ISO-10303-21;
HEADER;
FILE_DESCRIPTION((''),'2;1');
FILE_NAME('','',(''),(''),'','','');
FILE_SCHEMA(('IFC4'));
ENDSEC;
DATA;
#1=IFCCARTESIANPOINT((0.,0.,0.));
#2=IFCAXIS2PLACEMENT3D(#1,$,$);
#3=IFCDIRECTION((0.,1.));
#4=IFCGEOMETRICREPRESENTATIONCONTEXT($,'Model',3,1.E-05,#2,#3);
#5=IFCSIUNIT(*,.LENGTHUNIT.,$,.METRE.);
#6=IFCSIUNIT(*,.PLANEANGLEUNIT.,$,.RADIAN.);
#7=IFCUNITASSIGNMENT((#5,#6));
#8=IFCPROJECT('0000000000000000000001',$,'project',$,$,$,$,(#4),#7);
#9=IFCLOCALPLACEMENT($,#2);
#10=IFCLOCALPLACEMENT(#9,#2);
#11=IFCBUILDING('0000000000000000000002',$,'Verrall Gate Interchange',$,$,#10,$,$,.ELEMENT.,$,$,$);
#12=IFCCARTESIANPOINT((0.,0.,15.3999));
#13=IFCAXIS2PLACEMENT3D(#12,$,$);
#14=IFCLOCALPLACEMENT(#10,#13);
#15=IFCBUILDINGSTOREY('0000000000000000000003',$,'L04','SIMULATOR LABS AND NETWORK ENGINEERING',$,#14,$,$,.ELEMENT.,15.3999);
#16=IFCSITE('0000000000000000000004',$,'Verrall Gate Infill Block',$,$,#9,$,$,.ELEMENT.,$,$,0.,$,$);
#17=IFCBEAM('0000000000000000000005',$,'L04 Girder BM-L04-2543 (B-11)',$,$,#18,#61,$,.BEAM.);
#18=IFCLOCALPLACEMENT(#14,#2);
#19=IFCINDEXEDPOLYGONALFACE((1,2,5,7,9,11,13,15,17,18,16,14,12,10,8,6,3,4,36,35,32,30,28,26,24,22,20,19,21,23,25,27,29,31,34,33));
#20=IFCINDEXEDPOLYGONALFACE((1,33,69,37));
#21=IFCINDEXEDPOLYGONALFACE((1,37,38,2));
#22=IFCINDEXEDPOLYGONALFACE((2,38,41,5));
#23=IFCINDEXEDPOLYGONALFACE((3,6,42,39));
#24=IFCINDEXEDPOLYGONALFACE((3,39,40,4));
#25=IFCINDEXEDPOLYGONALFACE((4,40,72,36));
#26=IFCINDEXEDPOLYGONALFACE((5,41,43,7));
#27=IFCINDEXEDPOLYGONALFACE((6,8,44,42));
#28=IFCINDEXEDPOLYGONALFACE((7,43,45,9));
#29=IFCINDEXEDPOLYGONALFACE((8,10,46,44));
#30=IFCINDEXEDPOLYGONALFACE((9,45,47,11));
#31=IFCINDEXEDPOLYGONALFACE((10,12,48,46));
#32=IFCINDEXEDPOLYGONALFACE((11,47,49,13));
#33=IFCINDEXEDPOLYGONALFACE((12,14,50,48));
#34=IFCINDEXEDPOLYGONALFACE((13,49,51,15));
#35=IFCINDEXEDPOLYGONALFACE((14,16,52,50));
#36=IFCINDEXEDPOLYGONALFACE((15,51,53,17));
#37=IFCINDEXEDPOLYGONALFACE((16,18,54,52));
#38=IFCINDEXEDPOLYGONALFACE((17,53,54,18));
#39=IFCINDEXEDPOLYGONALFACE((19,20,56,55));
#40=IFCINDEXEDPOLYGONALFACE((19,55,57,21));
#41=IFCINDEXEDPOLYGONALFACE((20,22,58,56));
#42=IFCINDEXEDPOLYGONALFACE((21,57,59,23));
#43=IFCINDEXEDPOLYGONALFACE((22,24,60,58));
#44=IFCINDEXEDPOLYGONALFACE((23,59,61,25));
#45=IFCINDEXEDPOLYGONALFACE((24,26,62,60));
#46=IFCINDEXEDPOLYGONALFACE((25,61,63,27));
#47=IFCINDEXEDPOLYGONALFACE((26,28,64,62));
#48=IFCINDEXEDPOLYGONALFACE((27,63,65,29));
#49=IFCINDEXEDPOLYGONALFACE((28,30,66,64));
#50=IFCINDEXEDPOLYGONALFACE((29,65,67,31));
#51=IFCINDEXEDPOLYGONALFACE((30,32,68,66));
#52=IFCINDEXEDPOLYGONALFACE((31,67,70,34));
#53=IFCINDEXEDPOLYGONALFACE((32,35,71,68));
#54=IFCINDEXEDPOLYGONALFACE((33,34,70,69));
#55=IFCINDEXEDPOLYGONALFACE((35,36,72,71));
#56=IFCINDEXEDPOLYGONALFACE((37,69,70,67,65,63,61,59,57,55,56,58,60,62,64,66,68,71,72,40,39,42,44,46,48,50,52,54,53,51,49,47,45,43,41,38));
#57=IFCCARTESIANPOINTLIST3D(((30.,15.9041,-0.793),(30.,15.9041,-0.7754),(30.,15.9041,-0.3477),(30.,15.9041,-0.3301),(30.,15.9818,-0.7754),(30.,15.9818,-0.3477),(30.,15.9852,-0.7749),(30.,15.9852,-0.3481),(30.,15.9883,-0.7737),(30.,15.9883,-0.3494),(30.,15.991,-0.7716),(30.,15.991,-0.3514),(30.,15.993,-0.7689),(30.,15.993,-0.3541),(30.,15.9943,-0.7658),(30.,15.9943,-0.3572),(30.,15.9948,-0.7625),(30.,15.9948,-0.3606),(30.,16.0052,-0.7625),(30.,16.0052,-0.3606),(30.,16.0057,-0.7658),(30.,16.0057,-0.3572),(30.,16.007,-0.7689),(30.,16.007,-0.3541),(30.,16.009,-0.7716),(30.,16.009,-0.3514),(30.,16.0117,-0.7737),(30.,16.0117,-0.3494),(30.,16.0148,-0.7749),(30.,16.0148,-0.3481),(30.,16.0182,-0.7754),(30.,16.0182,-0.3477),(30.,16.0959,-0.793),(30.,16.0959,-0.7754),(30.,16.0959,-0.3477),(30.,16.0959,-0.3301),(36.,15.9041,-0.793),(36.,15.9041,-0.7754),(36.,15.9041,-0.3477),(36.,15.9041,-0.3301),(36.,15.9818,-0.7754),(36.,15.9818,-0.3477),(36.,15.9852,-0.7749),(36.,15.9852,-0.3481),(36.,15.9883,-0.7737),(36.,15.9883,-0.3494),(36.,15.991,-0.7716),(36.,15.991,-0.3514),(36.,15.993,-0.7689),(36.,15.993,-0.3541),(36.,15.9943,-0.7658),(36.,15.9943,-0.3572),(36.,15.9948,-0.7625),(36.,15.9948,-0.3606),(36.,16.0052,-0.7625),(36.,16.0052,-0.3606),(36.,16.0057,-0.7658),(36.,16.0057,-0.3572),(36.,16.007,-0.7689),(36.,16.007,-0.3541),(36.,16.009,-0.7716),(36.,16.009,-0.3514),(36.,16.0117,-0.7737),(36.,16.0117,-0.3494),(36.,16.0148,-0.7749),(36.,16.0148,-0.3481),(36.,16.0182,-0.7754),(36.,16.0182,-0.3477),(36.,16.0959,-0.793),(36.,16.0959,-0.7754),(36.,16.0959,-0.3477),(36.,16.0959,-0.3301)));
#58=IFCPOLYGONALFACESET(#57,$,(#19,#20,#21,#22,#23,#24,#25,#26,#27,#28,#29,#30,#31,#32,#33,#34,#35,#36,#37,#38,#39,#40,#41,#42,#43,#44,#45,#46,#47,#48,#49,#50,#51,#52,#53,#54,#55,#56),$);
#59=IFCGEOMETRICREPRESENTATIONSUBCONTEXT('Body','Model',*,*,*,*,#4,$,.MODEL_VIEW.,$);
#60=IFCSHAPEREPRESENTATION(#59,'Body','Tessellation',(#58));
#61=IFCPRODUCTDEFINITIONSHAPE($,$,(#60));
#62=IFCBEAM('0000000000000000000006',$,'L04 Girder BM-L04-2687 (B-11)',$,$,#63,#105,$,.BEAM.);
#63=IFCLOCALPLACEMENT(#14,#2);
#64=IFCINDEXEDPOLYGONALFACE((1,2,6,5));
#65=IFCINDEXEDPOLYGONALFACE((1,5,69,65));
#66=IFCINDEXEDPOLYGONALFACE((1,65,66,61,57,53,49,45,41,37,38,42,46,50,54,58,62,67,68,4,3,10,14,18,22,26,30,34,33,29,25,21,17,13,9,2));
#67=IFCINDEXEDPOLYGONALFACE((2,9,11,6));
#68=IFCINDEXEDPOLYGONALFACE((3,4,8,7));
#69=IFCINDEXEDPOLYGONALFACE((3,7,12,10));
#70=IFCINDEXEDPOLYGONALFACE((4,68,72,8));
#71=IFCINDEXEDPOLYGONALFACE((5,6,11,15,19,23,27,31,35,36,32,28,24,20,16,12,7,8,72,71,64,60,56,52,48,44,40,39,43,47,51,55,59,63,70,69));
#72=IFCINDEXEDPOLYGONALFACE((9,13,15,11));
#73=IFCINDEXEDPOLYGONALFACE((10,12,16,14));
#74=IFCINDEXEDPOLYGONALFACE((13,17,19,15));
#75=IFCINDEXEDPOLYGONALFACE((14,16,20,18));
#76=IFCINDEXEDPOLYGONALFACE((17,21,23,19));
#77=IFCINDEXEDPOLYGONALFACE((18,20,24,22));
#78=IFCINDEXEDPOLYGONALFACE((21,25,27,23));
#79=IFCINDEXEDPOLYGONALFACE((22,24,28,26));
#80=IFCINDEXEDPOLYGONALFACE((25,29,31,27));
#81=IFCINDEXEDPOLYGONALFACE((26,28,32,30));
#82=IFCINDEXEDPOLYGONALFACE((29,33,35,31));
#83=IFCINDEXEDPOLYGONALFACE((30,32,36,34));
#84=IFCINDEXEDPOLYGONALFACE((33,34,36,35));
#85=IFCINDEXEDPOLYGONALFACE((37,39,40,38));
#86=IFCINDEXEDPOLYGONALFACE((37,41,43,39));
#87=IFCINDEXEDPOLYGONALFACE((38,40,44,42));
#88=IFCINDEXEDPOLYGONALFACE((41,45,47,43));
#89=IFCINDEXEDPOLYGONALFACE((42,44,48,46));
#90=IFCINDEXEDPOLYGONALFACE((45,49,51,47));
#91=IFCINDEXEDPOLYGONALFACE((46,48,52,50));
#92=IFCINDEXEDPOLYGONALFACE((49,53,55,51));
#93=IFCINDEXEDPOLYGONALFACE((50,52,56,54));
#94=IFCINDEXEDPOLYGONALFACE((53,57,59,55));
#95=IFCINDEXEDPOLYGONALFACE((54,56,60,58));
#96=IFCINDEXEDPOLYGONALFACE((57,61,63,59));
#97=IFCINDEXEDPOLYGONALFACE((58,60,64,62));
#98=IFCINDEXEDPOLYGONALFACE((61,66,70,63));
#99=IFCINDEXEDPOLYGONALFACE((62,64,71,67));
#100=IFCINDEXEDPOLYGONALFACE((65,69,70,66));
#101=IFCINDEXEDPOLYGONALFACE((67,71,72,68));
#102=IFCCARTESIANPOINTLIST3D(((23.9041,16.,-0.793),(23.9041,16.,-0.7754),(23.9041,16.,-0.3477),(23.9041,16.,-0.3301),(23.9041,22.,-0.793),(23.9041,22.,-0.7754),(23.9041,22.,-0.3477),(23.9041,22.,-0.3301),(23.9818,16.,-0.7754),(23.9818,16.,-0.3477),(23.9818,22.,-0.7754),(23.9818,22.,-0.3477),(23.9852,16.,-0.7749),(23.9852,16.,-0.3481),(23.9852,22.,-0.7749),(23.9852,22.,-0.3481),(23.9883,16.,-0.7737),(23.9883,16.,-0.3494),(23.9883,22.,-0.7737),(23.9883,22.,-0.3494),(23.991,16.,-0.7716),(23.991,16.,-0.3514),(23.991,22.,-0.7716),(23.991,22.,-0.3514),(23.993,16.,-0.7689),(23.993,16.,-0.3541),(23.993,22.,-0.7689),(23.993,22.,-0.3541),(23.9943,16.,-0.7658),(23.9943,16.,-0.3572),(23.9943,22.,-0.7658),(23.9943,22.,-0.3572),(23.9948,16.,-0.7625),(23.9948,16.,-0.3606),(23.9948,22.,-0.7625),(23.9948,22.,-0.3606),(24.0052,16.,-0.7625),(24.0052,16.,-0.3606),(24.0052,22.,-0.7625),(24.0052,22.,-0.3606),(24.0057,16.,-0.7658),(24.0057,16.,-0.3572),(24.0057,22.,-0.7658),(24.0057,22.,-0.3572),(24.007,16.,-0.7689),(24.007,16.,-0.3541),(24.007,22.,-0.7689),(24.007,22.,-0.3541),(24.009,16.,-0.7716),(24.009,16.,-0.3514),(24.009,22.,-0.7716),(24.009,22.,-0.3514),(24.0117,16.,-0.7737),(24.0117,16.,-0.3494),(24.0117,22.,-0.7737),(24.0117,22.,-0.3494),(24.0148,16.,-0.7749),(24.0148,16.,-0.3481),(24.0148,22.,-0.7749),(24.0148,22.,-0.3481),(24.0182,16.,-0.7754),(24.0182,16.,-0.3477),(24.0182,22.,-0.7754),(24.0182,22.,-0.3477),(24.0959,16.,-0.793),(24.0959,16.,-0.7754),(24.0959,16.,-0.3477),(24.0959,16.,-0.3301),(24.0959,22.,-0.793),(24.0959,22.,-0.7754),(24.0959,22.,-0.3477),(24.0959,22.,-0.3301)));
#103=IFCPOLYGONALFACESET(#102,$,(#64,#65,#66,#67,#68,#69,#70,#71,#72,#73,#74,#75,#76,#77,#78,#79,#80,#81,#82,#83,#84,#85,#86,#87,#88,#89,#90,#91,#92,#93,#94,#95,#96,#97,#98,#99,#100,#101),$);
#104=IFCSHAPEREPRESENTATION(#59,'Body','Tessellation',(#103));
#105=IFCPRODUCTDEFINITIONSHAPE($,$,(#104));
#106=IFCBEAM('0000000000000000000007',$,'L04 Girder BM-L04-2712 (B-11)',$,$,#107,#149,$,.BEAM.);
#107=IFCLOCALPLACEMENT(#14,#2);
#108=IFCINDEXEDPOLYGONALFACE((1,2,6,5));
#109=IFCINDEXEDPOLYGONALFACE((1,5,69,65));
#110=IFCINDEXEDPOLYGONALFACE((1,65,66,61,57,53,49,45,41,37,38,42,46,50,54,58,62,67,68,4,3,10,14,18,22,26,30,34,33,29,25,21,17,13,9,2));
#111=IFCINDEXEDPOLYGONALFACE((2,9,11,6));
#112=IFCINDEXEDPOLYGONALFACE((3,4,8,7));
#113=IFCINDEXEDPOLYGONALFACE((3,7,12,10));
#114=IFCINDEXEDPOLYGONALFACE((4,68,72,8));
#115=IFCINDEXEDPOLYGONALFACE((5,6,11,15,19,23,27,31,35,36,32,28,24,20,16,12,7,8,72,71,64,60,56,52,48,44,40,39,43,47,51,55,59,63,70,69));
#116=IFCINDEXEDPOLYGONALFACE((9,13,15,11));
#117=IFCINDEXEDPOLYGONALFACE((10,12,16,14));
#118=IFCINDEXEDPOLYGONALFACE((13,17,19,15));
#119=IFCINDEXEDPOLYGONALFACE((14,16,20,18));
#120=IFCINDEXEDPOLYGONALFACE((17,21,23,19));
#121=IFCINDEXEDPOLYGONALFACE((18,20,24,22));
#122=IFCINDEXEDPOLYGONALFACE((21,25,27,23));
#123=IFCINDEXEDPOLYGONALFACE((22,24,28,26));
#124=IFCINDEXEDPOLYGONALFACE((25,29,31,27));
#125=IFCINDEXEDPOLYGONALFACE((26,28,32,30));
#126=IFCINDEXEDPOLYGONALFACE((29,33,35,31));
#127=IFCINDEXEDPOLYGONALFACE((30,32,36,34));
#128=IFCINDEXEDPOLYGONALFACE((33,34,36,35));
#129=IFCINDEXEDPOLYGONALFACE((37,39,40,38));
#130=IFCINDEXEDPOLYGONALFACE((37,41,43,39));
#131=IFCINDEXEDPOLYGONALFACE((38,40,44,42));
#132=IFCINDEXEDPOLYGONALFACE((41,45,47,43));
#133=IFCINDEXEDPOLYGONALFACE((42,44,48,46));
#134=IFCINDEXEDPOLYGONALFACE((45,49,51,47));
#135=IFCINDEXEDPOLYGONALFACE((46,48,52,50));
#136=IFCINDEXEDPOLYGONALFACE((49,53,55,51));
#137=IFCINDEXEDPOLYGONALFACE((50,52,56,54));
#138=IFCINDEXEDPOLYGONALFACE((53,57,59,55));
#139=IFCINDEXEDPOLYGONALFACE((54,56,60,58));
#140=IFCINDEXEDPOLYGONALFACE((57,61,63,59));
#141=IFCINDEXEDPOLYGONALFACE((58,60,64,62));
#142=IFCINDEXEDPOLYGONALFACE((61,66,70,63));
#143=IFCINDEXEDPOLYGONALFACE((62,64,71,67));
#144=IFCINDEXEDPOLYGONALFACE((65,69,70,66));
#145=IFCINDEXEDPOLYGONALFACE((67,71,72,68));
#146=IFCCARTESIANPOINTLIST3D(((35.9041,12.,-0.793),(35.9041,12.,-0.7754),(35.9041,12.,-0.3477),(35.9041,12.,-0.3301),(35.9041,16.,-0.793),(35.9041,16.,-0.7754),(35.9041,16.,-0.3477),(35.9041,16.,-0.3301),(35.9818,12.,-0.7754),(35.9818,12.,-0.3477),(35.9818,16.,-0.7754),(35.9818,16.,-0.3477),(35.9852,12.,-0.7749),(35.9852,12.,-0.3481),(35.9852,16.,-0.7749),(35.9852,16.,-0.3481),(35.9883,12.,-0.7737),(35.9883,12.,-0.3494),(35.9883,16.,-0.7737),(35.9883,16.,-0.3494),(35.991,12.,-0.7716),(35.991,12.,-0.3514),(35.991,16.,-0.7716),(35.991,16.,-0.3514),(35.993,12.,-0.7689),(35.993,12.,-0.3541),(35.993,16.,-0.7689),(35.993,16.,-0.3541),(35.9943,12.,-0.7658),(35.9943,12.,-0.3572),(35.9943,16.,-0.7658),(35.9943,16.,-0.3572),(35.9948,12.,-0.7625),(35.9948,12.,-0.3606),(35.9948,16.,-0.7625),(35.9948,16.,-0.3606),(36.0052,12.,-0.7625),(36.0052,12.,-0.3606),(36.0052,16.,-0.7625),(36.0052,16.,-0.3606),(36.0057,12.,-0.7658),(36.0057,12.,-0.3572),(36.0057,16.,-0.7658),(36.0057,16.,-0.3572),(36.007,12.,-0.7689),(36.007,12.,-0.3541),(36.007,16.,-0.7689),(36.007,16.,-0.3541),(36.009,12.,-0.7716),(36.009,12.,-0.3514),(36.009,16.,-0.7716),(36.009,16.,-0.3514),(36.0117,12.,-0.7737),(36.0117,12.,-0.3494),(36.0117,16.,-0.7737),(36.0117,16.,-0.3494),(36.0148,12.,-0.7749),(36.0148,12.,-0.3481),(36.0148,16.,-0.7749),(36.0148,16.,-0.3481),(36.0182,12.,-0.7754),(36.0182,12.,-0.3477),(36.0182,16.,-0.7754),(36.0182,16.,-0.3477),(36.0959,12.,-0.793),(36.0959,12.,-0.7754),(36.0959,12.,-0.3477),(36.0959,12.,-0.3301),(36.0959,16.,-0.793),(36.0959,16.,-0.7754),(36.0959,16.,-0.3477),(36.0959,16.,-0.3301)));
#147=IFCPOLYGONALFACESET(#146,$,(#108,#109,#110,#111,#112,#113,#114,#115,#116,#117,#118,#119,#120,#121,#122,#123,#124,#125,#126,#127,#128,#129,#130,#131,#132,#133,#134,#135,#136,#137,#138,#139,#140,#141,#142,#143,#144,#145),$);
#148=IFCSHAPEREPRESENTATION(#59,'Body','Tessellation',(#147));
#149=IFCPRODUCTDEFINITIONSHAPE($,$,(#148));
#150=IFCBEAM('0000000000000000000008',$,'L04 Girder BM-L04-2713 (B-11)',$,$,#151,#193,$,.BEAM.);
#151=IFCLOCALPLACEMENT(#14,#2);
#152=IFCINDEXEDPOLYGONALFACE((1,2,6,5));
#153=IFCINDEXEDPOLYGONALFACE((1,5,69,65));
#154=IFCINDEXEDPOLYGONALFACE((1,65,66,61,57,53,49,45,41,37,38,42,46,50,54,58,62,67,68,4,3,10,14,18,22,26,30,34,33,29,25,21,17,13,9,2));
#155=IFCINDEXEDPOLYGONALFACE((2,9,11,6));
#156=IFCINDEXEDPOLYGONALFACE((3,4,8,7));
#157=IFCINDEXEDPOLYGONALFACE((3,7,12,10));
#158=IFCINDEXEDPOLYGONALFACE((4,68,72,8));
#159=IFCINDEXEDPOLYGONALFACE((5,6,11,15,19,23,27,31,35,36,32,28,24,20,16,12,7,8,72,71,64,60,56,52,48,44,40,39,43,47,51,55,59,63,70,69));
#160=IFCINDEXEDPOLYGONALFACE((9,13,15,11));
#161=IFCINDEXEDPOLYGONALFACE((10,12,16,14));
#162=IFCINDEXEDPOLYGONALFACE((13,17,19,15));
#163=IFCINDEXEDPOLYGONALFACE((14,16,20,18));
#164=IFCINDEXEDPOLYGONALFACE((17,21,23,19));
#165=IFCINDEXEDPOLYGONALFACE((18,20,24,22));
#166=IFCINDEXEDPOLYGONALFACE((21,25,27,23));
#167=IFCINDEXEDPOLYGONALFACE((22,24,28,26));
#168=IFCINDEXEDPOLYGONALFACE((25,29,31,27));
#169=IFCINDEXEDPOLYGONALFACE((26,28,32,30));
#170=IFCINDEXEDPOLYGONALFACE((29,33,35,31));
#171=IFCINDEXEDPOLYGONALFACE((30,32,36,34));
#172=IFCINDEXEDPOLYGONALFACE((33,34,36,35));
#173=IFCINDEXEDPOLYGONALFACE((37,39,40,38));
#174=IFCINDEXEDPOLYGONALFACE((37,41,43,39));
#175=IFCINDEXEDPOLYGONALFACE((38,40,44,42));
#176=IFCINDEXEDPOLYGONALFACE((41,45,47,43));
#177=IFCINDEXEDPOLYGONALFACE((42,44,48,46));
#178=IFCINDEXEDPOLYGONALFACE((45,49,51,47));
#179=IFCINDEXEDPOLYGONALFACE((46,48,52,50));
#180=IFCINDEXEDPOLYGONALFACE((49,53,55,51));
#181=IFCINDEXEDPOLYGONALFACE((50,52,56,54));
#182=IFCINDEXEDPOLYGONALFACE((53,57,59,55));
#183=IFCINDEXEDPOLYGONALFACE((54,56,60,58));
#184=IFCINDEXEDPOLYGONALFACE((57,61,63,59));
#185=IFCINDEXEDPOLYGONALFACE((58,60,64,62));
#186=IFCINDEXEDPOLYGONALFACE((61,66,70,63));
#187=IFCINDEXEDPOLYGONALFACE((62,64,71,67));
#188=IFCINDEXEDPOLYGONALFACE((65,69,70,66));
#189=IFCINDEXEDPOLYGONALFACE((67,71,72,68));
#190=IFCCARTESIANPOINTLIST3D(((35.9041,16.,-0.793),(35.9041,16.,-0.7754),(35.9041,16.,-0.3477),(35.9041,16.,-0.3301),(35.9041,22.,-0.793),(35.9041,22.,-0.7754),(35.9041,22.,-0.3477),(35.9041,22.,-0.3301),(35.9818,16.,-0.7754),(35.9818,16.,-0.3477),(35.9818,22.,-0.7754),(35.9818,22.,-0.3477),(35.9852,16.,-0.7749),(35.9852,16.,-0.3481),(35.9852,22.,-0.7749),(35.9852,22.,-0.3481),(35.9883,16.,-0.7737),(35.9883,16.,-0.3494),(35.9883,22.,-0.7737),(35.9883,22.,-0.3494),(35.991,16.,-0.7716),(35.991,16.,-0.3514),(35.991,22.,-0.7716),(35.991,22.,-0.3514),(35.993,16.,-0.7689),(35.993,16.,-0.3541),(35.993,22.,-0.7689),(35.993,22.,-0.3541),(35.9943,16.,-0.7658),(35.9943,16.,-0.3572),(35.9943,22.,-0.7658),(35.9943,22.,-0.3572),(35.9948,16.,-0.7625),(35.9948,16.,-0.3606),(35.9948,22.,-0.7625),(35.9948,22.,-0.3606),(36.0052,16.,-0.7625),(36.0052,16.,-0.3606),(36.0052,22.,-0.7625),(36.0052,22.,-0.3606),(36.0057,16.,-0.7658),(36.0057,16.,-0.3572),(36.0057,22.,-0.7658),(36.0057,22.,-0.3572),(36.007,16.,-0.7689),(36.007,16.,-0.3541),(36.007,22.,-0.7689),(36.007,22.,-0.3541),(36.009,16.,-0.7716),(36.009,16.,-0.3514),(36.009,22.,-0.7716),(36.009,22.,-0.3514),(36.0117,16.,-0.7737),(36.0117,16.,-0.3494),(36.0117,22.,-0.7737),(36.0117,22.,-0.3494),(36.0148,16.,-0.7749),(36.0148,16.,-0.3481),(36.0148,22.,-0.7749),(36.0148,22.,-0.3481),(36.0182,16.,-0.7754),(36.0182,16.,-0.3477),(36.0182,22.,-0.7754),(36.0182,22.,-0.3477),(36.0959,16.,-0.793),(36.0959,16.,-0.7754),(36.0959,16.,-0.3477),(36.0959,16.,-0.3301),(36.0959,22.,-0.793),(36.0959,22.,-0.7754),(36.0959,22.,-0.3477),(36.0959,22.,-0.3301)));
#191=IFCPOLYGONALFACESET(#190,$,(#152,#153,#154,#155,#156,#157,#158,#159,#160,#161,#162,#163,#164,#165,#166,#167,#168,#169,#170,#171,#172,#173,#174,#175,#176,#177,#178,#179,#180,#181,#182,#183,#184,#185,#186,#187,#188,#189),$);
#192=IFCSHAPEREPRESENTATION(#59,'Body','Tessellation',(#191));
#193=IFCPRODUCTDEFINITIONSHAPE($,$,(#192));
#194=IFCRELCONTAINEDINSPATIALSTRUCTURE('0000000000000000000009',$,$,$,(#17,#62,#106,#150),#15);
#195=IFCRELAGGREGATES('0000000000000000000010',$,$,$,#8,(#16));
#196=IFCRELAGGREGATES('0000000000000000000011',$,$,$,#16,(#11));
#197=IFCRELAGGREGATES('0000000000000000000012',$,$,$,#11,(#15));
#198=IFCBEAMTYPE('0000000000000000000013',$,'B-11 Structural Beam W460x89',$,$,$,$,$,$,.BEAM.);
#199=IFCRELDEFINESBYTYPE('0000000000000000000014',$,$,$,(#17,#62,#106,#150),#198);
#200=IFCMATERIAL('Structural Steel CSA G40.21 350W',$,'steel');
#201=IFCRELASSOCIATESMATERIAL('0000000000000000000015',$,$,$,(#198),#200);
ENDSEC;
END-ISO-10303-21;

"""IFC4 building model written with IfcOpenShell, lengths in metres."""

from ifc_helpers import new_model, si_unit, direction, frame, origin, origin_2d, place, context, subcontext, project, spatial, i_section, extrude, material, material_profile, profile_set, type_object, element, save


model = new_model("IFC4")

# Units and contexts
model_context = context("Model", 3, precision=1e-05, world=origin(), true_north=direction((0.0, 1.0)))
body_context = subcontext(model_context, "Body", "Model", "MODEL_VIEW")
ifc_project = project(units=[si_unit("LENGTHUNIT", "METRE"), si_unit("PLANEANGLEUNIT", "RADIAN")], contexts=[model_context])

# Site, building, storey
site_placement = place(None, origin())
site = spatial("IfcSite", under=ifc_project, at=site_placement, Name="Verrall Gate Infill Block", CompositionType="ELEMENT", RefElevation=0.0)
building_placement = place(site_placement, origin())
building = spatial("IfcBuilding", under=site, at=building_placement, Name="Verrall Gate Interchange", CompositionType="ELEMENT")
storey_placement = place(building_placement, frame((0.0, 0.0, 15.3999)))
storey = spatial("IfcBuildingStorey", under=building, at=storey_placement, Name="L04", Description="SIMULATOR LABS AND NETWORK ENGINEERING", CompositionType="ELEMENT", Elevation=15.3999)

# Beams
ifc_material_1 = material(Name="Structural Steel CSA G40.21 350W", Category="steel")
ifc_material_profile_1 = material_profile(ifc_material_1, i_section(OverallWidth=0.1919, OverallDepth=0.4629, WebThickness=0.0105, FlangeThickness=0.0176, FilletRadius=0.0129, at=origin_2d()), Name="W460x89")
ifc_profile_set_1 = profile_set([ifc_material_profile_1], Name="Structural Steel CSA G40.21 350W")
beam_type_1 = type_object("IfcBeamType", Name="B-11 Structural Beam W460x89", PredefinedType="BEAM", material=ifc_profile_set_1)
for number, where, z_axis, x_axis, name in (
    (1, (30.0, 16.0, -0.5615), (1.0, 0.0, 0.0), (0.0, 1.0, 0.0), "L04 Girder BM-L04-2543 (B-11)"),
    (2, (24.0, 16.0, -0.5615), (0.0, 1.0, 0.0), (-1.0, 0.0, 0.0), "L04 Girder BM-L04-2687 (B-11)"),
):
    element("IfcBeam", number, at=place(storey_placement, frame(where, z_axis=z_axis, x_axis=x_axis)), inside=storey, type_object=beam_type_1, Name=name, PredefinedType="BEAM", context=body_context, shape_type="SweptSolid", body=[
        extrude(i_section(OverallWidth=0.1919, OverallDepth=0.4629, WebThickness=0.0105, FlangeThickness=0.0176, FilletRadius=0.0129, at=origin_2d()), origin(), (0.0, 0.0, 1.0), 6.0),
    ])
beam_1_placement = place(storey_placement, frame((36.0, 12.0, -0.5615), z_axis=(0.0, 1.0, 0.0), x_axis=(-1.0, 0.0, 0.0)))
element("IfcBeam", 3, at=beam_1_placement, inside=storey, type_object=beam_type_1, Name="L04 Girder BM-L04-2712 (B-11)", PredefinedType="BEAM", context=body_context, shape_type="SweptSolid", body=[
    extrude(i_section(OverallWidth=0.1919, OverallDepth=0.4629, WebThickness=0.0105, FlangeThickness=0.0176, FilletRadius=0.0129, at=origin_2d()), origin(), (0.0, 0.0, 1.0), 4.0),
])
beam_2_placement = place(storey_placement, frame((36.0, 16.0, -0.5615), z_axis=(0.0, 1.0, 0.0), x_axis=(-1.0, 0.0, 0.0)))
element("IfcBeam", 4, at=beam_2_placement, inside=storey, type_object=beam_type_1, Name="L04 Girder BM-L04-2713 (B-11)", PredefinedType="BEAM", context=body_context, shape_type="SweptSolid", body=[
    extrude(i_section(OverallWidth=0.1919, OverallDepth=0.4629, WebThickness=0.0105, FlangeThickness=0.0176, FilletRadius=0.0129, at=origin_2d()), origin(), (0.0, 0.0, 1.0), 6.0),
])

save(model, "model.ifc")
